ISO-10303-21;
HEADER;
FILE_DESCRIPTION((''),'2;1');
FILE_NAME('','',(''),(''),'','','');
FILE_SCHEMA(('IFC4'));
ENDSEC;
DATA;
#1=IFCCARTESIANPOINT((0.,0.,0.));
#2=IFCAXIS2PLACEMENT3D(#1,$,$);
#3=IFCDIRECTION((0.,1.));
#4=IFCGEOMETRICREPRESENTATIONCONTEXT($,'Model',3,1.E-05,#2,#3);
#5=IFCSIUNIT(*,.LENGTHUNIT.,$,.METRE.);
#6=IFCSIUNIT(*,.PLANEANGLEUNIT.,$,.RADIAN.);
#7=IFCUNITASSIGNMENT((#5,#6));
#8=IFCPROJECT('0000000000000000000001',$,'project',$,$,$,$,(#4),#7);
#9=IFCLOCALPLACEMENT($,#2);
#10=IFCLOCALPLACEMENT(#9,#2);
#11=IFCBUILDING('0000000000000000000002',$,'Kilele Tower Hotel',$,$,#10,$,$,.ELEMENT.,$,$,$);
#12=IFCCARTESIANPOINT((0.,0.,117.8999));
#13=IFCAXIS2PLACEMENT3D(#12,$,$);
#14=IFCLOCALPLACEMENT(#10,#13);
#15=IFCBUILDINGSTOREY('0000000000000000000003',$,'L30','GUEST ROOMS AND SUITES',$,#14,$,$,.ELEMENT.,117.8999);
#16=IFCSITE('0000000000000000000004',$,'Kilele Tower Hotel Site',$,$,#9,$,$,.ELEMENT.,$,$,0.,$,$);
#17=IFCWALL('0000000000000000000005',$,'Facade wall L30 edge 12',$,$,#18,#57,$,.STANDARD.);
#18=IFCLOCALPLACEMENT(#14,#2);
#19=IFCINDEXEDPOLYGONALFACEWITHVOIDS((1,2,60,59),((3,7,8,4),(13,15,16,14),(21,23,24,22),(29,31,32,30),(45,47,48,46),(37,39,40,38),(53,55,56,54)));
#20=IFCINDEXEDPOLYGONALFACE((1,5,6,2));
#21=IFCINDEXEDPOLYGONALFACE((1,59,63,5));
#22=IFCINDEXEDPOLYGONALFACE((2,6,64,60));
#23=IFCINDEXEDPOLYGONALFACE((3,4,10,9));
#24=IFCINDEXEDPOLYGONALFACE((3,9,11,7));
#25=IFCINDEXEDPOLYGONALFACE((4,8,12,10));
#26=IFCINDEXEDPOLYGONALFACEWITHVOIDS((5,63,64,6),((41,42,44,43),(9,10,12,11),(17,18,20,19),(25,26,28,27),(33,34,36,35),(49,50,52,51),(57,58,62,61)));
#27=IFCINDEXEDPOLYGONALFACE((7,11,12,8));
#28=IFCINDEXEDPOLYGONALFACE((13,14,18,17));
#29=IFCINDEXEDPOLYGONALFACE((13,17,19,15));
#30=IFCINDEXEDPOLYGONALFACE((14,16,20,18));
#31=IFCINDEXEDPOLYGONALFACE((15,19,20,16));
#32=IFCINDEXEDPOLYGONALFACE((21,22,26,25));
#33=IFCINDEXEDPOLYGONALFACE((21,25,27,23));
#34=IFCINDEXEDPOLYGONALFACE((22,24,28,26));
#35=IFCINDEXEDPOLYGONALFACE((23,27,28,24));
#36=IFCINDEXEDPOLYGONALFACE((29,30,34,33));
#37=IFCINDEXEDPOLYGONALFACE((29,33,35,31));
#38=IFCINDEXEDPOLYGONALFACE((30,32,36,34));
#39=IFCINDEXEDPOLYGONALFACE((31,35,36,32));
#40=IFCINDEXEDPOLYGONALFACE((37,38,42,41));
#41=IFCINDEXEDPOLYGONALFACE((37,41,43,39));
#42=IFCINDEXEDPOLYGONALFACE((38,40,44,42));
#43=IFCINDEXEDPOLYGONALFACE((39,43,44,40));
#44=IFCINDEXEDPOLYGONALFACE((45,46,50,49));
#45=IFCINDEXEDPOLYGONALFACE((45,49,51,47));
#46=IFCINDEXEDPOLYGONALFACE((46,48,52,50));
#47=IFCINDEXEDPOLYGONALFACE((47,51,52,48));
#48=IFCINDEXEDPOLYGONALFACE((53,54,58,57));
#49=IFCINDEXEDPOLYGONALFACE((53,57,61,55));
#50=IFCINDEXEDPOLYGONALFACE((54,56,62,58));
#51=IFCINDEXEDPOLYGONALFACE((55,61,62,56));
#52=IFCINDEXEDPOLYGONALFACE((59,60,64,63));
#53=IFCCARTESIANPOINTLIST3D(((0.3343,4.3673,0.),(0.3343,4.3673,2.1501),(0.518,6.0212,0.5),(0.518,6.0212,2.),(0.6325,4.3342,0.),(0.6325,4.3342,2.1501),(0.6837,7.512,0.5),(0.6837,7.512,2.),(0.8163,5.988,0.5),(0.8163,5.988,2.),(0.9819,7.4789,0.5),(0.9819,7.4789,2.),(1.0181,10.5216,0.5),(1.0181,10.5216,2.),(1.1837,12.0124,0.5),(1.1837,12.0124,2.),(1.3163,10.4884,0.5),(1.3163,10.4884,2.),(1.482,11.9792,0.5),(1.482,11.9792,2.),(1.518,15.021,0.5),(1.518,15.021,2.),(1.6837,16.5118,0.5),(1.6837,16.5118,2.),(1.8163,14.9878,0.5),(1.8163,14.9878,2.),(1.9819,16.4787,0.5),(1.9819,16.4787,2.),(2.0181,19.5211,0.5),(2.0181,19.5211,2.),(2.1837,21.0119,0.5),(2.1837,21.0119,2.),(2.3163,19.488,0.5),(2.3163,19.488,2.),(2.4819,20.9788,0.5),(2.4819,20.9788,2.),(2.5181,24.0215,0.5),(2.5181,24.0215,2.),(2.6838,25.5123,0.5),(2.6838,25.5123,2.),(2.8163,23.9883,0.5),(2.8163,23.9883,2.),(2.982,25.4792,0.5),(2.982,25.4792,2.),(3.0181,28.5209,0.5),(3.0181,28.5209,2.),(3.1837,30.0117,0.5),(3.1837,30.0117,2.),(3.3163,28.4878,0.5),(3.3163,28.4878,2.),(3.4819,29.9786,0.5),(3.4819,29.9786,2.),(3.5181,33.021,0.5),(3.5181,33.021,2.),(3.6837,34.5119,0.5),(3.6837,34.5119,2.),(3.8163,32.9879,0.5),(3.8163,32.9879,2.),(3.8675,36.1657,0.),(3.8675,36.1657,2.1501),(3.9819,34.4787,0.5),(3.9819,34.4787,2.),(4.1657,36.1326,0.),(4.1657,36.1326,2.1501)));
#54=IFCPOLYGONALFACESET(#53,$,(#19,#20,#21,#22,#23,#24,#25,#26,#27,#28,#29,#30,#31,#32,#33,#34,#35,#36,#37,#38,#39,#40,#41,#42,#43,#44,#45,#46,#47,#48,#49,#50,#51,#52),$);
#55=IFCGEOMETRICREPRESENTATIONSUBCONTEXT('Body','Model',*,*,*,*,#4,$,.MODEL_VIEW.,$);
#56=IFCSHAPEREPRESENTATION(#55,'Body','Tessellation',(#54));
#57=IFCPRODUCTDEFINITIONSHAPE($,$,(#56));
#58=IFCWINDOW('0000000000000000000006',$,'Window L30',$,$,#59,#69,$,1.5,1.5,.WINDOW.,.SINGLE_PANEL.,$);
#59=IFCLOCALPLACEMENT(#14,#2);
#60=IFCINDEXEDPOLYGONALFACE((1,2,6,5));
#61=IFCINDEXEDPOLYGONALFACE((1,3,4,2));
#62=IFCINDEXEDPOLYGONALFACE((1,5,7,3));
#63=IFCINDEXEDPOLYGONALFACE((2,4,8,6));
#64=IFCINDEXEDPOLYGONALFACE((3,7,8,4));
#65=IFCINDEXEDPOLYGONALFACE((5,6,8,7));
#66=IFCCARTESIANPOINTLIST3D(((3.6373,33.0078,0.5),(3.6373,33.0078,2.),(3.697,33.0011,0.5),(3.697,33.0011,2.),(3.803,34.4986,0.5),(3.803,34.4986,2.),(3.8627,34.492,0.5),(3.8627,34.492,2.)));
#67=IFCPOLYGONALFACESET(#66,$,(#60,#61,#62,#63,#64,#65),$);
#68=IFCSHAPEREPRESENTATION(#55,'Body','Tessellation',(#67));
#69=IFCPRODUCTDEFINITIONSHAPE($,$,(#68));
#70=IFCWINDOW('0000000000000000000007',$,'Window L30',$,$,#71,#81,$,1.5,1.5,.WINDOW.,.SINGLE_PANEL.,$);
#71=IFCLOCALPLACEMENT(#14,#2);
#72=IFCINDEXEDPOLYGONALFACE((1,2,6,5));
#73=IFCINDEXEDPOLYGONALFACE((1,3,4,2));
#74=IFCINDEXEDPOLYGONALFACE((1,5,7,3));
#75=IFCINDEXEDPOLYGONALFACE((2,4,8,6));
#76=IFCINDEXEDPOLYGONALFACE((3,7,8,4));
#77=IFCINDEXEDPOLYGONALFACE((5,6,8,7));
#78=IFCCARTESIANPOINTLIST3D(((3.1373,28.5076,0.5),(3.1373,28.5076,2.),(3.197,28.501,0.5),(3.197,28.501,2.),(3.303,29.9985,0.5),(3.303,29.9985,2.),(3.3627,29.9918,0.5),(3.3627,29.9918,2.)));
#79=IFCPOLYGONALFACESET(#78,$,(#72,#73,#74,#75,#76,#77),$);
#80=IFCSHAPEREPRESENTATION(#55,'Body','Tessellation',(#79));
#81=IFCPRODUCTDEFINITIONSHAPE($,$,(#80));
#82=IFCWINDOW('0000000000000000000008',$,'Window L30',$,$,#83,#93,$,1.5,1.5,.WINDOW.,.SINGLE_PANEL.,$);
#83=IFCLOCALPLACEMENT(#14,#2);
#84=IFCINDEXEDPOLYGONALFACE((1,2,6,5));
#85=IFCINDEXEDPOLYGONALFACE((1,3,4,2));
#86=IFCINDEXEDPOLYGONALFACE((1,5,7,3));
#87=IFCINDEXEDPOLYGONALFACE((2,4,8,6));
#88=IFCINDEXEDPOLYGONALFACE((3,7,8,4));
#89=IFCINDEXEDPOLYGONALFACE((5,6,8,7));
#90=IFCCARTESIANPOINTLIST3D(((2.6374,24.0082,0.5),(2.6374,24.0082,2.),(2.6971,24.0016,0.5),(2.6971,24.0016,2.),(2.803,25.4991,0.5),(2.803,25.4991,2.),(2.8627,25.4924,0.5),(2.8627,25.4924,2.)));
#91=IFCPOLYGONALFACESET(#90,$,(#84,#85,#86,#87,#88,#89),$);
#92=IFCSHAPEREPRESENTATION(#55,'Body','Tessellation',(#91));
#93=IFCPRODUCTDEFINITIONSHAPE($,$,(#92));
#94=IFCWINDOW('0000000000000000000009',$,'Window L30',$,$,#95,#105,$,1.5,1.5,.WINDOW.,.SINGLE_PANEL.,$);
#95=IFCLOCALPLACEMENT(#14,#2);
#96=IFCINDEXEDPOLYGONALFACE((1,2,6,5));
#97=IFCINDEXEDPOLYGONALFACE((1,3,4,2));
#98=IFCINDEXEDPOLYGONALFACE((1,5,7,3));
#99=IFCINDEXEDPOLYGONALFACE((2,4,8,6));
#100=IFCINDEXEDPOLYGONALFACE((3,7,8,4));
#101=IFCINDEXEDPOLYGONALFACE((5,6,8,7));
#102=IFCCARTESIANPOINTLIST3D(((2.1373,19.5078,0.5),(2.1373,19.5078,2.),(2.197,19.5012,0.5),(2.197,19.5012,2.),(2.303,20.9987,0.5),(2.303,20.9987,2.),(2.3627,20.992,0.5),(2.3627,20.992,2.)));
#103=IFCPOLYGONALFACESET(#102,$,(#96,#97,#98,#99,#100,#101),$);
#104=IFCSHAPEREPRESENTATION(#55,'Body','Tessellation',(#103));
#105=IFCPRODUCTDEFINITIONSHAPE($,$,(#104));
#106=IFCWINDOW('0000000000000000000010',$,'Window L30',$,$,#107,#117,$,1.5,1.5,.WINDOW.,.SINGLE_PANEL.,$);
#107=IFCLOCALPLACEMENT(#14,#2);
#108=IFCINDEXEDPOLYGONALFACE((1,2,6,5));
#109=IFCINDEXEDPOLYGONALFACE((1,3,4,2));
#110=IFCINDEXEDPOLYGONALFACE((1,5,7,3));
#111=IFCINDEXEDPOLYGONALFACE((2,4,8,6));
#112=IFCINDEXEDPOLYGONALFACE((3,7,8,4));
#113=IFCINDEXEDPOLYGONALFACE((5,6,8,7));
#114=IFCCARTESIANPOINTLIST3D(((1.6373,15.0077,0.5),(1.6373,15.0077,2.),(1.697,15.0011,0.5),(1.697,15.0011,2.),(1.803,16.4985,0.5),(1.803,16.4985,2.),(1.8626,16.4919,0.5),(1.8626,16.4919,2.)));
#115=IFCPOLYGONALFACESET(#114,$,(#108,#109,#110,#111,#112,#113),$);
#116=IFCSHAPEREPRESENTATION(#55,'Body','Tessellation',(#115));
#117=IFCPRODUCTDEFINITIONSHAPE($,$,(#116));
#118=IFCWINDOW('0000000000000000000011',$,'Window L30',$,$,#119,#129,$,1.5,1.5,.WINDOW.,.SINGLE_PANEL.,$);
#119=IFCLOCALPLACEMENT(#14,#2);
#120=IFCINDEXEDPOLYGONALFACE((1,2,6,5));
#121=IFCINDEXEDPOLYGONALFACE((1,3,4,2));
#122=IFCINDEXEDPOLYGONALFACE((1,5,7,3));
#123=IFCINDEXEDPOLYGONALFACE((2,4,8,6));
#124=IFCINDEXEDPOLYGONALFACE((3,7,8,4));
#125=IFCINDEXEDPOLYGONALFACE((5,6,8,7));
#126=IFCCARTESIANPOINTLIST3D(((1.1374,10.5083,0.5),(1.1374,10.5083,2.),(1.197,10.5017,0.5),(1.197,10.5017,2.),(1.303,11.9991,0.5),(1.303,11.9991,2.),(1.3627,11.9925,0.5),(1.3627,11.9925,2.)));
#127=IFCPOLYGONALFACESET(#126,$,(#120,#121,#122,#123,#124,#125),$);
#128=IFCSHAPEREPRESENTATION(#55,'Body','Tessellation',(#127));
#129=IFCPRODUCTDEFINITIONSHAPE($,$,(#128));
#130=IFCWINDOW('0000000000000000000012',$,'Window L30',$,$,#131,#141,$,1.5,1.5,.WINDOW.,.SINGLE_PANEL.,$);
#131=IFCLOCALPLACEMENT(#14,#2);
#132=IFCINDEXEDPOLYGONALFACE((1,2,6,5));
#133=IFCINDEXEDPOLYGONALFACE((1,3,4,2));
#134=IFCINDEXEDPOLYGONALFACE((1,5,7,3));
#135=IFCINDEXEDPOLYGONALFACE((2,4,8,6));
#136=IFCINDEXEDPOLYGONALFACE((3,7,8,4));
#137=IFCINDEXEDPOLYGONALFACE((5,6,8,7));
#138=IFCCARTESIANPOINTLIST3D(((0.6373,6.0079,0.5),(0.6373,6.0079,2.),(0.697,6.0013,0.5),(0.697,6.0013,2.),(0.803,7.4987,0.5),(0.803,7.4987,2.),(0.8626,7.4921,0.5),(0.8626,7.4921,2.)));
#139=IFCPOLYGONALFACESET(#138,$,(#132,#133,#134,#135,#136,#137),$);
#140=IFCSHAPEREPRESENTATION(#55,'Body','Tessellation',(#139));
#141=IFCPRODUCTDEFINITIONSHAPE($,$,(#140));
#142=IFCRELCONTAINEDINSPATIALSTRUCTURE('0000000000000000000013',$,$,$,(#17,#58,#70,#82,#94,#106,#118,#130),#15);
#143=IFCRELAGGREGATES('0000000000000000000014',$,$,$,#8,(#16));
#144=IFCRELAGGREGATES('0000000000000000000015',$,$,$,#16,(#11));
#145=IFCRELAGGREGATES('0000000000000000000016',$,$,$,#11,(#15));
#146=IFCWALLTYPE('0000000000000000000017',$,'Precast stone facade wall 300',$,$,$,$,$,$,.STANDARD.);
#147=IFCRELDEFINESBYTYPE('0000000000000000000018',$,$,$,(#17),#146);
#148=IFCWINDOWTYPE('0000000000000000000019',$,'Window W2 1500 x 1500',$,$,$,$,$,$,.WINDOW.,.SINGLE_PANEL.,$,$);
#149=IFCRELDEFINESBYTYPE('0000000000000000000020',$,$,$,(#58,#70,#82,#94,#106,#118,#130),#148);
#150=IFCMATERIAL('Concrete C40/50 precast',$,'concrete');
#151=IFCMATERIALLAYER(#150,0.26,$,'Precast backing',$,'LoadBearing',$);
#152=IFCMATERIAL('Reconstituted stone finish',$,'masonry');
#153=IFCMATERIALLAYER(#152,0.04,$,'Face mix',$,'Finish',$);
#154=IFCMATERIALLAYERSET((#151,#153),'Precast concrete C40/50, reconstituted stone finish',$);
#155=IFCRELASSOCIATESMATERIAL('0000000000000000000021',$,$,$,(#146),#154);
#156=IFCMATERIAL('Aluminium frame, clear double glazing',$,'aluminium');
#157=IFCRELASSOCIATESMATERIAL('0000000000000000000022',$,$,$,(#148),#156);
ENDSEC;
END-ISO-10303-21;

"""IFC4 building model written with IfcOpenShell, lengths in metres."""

from ifc_helpers import new_model, si_unit, direction, frame, frame_2d, origin, place, context, subcontext, project, spatial, rectangle, extrude, material, layer, layer_set, type_object, element, fill, save


model = new_model("IFC4")

# Units and contexts
model_context = context("Model", 3, precision=1e-05, world=origin(), true_north=direction((0.0, 1.0)))
body_context = subcontext(model_context, "Body", "Model", "MODEL_VIEW")
ifc_project = project(units=[si_unit("LENGTHUNIT", "METRE"), si_unit("PLANEANGLEUNIT", "RADIAN")], contexts=[model_context])

# Site, building, storey
site_placement = place(None, origin())
site = spatial("IfcSite", under=ifc_project, at=site_placement, Name="Kilele Tower Hotel Site", CompositionType="ELEMENT", RefElevation=0.0)
building_placement = place(site_placement, origin())
building = spatial("IfcBuilding", under=site, at=building_placement, Name="Kilele Tower Hotel", CompositionType="ELEMENT")
storey_placement = place(building_placement, frame((0.0, 0.0, 117.8999)))
storey = spatial("IfcBuildingStorey", under=building, at=storey_placement, Name="L30", Description="GUEST ROOMS AND SUITES", CompositionType="ELEMENT", Elevation=117.8999)

# Shared definitions
ifc_material_1 = material(Name="Concrete C40/50 precast", Category="concrete")
ifc_layer_1 = layer(ifc_material_1, 0.26, Name="Precast backing", Category="LoadBearing")
ifc_material_2 = material(Name="Reconstituted stone finish", Category="masonry")
ifc_layer_2 = layer(ifc_material_2, 0.04, Name="Face mix", Category="Finish")
ifc_layer_set_1 = layer_set([ifc_layer_1, ifc_layer_2], Name="Precast concrete C40/50, reconstituted stone finish")
wall_type_1 = type_object("IfcWallType", Name="Precast stone facade wall 300", PredefinedType="STANDARD", material=ifc_layer_set_1)
ifc_material_3 = material(Name="Aluminium frame, clear double glazing", Category="aluminium")
window_type_1 = type_object("IfcWindowType", Name="Window W2 1500 x 1500", PartitioningType="SINGLE_PANEL", PredefinedType="WINDOW", material=ifc_material_3)

# Wall, openings, windows
wall_1_placement = place(storey_placement, frame((4.0166, 36.1492, 0.0), z_axis=(0.0, 0.0, 1.0), x_axis=(-0.110433, -0.993884, 0.0)))
wall_1 = element("IfcWall", 1, at=wall_1_placement, inside=storey, type_object=wall_type_1, Name="Facade wall L30 edge 12", PredefinedType="STANDARD", context=body_context, shape_type="SweptSolid", body=[
    extrude(rectangle(XDim=31.9941, YDim=0.3, at=frame_2d((15.9971, 0.0))), origin(), (0.0, 0.0, 1.0), 2.1501),
])
opening_1_placement = place(wall_1_placement, frame((1.6641, 0.0, 0.5)))
opening_1 = element("IfcOpeningElement", 2, at=opening_1_placement, cuts=wall_1, PredefinedType="OPENING", context=body_context, shape_type="SweptSolid", body=[
    extrude(rectangle(XDim=1.5, YDim=1.5, at=frame_2d((0.75, 0.75))), frame((0.0, 0.1599, 0.0), z_axis=(0.0, -1.0, 0.0), x_axis=(1.0, 0.0, 0.0)), (0.0, 0.0, 1.0), 0.3201),
])
opening_2_placement = place(wall_1_placement, frame((6.1919, 0.0, 0.5)))
opening_2 = element("IfcOpeningElement", 3, at=opening_2_placement, cuts=wall_1, PredefinedType="OPENING", context=body_context, shape_type="SweptSolid", body=[
    extrude(rectangle(XDim=1.5, YDim=1.5, at=frame_2d((0.75, 0.75))), frame((0.0, 0.1599, 0.0), z_axis=(0.0, -1.0, 0.0), x_axis=(1.0, 0.0, 0.0)), (0.0, 0.0, 1.0), 0.3201),
])
opening_3_placement = place(wall_1_placement, frame((10.719, 0.0, 0.5)))
opening_3 = element("IfcOpeningElement", 4, at=opening_3_placement, cuts=wall_1, PredefinedType="OPENING", context=body_context, shape_type="SweptSolid", body=[
    extrude(rectangle(XDim=1.5, YDim=1.5, at=frame_2d((0.75, 0.75))), frame((0.0, 0.1599, 0.0), z_axis=(0.0, -1.0, 0.0), x_axis=(1.0, 0.0, 0.0)), (0.0, 0.0, 1.0), 0.3201),
])
opening_4_placement = place(wall_1_placement, frame((15.2471, 0.0, 0.5)))
opening_4 = element("IfcOpeningElement", 5, at=opening_4_placement, cuts=wall_1, PredefinedType="OPENING", context=body_context, shape_type="SweptSolid", body=[
    extrude(rectangle(XDim=1.5, YDim=1.5, at=frame_2d((0.75, 0.75))), frame((0.0, 0.1599, 0.0), z_axis=(0.0, -1.0, 0.0), x_axis=(1.0, 0.0, 0.0)), (0.0, 0.0, 1.0), 0.3201),
])
opening_5_placement = place(wall_1_placement, frame((19.7749, 0.0, 0.5)))
opening_5 = element("IfcOpeningElement", 6, at=opening_5_placement, cuts=wall_1, PredefinedType="OPENING", context=body_context, shape_type="SweptSolid", body=[
    extrude(rectangle(XDim=1.5, YDim=1.5, at=frame_2d((0.75, 0.75))), frame((0.0, 0.1599, 0.0), z_axis=(0.0, -1.0, 0.0), x_axis=(1.0, 0.0, 0.0)), (0.0, 0.0, 1.0), 0.3201),
])
opening_6_placement = place(wall_1_placement, frame((24.302, 0.0, 0.5)))
opening_6 = element("IfcOpeningElement", 7, at=opening_6_placement, cuts=wall_1, PredefinedType="OPENING", context=body_context, shape_type="SweptSolid", body=[
    extrude(rectangle(XDim=1.5, YDim=1.5, at=frame_2d((0.75, 0.75))), frame((0.0, 0.1599, 0.0), z_axis=(0.0, -1.0, 0.0), x_axis=(1.0, 0.0, 0.0)), (0.0, 0.0, 1.0), 0.3201),
])
opening_7_placement = place(wall_1_placement, frame((28.8301, 0.0, 0.5)))
opening_7 = element("IfcOpeningElement", 8, at=opening_7_placement, cuts=wall_1, PredefinedType="OPENING", context=body_context, shape_type="SweptSolid", body=[
    extrude(rectangle(XDim=1.5, YDim=1.5, at=frame_2d((0.75, 0.75))), frame((0.0, 0.1599, 0.0), z_axis=(0.0, -1.0, 0.0), x_axis=(1.0, 0.0, 0.0)), (0.0, 0.0, 1.0), 0.3201),
])
window_1_placement = place(opening_1_placement, origin())
window_1 = element("IfcWindow", 9, at=window_1_placement, inside=storey, type_object=window_type_1, Name="Window L30", OverallHeight=1.5, OverallWidth=1.5, PartitioningType="SINGLE_PANEL", PredefinedType="WINDOW", context=body_context, shape_type="SweptSolid", body=[
    extrude(rectangle(XDim=1.5, YDim=1.5, at=frame_2d((0.75, 0.75))), frame((0.0, 0.03, 0.0), z_axis=(0.0, -1.0, 0.0), x_axis=(1.0, 0.0, 0.0)), (0.0, 0.0, 1.0), 0.0601),
])
fill(opening_1, window_1)
window_2_placement = place(opening_2_placement, origin())
window_2 = element("IfcWindow", 10, at=window_2_placement, inside=storey, type_object=window_type_1, Name="Window L30", OverallHeight=1.5, OverallWidth=1.5, PartitioningType="SINGLE_PANEL", PredefinedType="WINDOW", context=body_context, shape_type="SweptSolid", body=[
    extrude(rectangle(XDim=1.5, YDim=1.5, at=frame_2d((0.75, 0.75))), frame((0.0, 0.03, 0.0), z_axis=(0.0, -1.0, 0.0), x_axis=(1.0, 0.0, 0.0)), (0.0, 0.0, 1.0), 0.0601),
])
fill(opening_2, window_2)
window_3_placement = place(opening_3_placement, origin())
window_3 = element("IfcWindow", 11, at=window_3_placement, inside=storey, type_object=window_type_1, Name="Window L30", OverallHeight=1.5, OverallWidth=1.5, PartitioningType="SINGLE_PANEL", PredefinedType="WINDOW", context=body_context, shape_type="SweptSolid", body=[
    extrude(rectangle(XDim=1.5, YDim=1.5, at=frame_2d((0.75, 0.75))), frame((0.0, 0.03, 0.0), z_axis=(0.0, -1.0, 0.0), x_axis=(1.0, 0.0, 0.0)), (0.0, 0.0, 1.0), 0.0601),
])
fill(opening_3, window_3)
window_4_placement = place(opening_4_placement, origin())
window_4 = element("IfcWindow", 12, at=window_4_placement, inside=storey, type_object=window_type_1, Name="Window L30", OverallHeight=1.5, OverallWidth=1.5, PartitioningType="SINGLE_PANEL", PredefinedType="WINDOW", context=body_context, shape_type="SweptSolid", body=[
    extrude(rectangle(XDim=1.5, YDim=1.5, at=frame_2d((0.75, 0.75))), frame((0.0, 0.03, 0.0), z_axis=(0.0, -1.0, 0.0), x_axis=(1.0, 0.0, 0.0)), (0.0, 0.0, 1.0), 0.0601),
])
fill(opening_4, window_4)
window_5_placement = place(opening_5_placement, origin())
window_5 = element("IfcWindow", 13, at=window_5_placement, inside=storey, type_object=window_type_1, Name="Window L30", OverallHeight=1.5, OverallWidth=1.5, PartitioningType="SINGLE_PANEL", PredefinedType="WINDOW", context=body_context, shape_type="SweptSolid", body=[
    extrude(rectangle(XDim=1.5, YDim=1.5, at=frame_2d((0.75, 0.75))), frame((0.0, 0.03, 0.0), z_axis=(0.0, -1.0, 0.0), x_axis=(1.0, 0.0, 0.0)), (0.0, 0.0, 1.0), 0.0601),
])
fill(opening_5, window_5)
window_6_placement = place(opening_6_placement, origin())
window_6 = element("IfcWindow", 14, at=window_6_placement, inside=storey, type_object=window_type_1, Name="Window L30", OverallHeight=1.5, OverallWidth=1.5, PartitioningType="SINGLE_PANEL", PredefinedType="WINDOW", context=body_context, shape_type="SweptSolid", body=[
    extrude(rectangle(XDim=1.5, YDim=1.5, at=frame_2d((0.75, 0.75))), frame((0.0, 0.03, 0.0), z_axis=(0.0, -1.0, 0.0), x_axis=(1.0, 0.0, 0.0)), (0.0, 0.0, 1.0), 0.0601),
])
fill(opening_6, window_6)
window_7_placement = place(opening_7_placement, origin())
window_7 = element("IfcWindow", 15, at=window_7_placement, inside=storey, type_object=window_type_1, Name="Window L30", OverallHeight=1.5, OverallWidth=1.5, PartitioningType="SINGLE_PANEL", PredefinedType="WINDOW", context=body_context, shape_type="SweptSolid", body=[
    extrude(rectangle(XDim=1.5, YDim=1.5, at=frame_2d((0.75, 0.75))), frame((0.0, 0.03, 0.0), z_axis=(0.0, -1.0, 0.0), x_axis=(1.0, 0.0, 0.0)), (0.0, 0.0, 1.0), 0.0601),
])
fill(opening_7, window_7)

save(model, "model.ifc")
